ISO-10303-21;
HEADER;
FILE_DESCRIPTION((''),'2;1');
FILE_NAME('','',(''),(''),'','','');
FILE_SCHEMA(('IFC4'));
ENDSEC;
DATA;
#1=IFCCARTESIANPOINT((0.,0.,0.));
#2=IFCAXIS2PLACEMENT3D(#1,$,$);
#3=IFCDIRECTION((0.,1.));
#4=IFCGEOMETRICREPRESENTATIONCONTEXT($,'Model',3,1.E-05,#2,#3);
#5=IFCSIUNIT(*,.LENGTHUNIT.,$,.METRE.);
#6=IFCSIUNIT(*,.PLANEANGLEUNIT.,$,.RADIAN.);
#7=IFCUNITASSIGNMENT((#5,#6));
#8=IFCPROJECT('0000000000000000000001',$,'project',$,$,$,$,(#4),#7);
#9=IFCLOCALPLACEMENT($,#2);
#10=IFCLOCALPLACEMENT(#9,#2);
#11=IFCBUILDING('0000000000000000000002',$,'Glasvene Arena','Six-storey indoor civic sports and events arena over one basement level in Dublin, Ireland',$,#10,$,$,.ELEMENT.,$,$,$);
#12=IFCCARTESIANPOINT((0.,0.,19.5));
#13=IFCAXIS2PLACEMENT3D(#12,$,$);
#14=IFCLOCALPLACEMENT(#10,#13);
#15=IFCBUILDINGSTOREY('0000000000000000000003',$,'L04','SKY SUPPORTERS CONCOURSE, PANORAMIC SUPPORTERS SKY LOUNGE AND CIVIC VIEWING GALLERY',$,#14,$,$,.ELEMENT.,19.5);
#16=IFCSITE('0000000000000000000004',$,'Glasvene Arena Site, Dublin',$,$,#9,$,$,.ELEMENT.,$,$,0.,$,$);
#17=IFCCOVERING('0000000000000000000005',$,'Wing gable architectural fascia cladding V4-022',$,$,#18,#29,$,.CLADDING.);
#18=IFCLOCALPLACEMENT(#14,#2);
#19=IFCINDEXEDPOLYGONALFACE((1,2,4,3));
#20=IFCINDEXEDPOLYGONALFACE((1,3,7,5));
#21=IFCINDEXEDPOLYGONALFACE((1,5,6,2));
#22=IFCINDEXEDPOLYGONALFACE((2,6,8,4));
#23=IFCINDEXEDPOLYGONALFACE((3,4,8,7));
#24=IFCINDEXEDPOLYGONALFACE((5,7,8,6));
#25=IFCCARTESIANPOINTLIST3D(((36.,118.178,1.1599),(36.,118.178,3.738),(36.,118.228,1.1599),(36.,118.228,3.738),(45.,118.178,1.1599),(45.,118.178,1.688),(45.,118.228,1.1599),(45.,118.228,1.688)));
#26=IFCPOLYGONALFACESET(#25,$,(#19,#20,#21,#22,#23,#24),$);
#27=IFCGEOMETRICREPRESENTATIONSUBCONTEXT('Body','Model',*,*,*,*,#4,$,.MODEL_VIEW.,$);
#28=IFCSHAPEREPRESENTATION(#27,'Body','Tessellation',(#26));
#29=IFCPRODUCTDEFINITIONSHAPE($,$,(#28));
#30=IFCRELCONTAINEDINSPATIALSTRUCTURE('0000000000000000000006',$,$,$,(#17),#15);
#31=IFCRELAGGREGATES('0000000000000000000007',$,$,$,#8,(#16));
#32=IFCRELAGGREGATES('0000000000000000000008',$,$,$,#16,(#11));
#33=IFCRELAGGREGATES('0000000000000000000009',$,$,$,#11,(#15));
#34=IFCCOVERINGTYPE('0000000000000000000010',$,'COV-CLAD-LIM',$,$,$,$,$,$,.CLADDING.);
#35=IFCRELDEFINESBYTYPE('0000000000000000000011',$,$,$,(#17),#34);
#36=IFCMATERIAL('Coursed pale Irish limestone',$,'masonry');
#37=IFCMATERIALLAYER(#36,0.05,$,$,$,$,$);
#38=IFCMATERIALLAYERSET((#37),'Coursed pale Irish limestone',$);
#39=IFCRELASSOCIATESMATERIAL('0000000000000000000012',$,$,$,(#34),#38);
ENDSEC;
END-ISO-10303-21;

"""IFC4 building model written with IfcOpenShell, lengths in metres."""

from ifc_helpers import new_model, si_unit, direction, frame, origin, place, context, subcontext, project, spatial, polyline, outline, extrude, material, layer, layer_set, type_object, element, save


model = new_model("IFC4")

# Units and contexts
model_context = context("Model", 3, precision=1e-05, world=origin(), true_north=direction((0.0, 1.0)))
body_context = subcontext(model_context, "Body", "Model", "MODEL_VIEW")
ifc_project = project(units=[si_unit("LENGTHUNIT", "METRE"), si_unit("PLANEANGLEUNIT", "RADIAN")], contexts=[model_context])

# Site, building, storey
site_placement = place(None, origin())
site = spatial("IfcSite", under=ifc_project, at=site_placement, Name="Glasvene Arena Site, Dublin", CompositionType="ELEMENT", RefElevation=0.0)
building_placement = place(site_placement, origin())
building = spatial("IfcBuilding", under=site, at=building_placement, Name="Glasvene Arena", Description="Six-storey indoor civic sports and events arena over one basement level in Dublin, Ireland", CompositionType="ELEMENT")
storey_placement = place(building_placement, frame((0.0, 0.0, 19.5)))
storey = spatial("IfcBuildingStorey", under=building, at=storey_placement, Name="L04", Description="SKY SUPPORTERS CONCOURSE, PANORAMIC SUPPORTERS SKY LOUNGE AND CIVIC VIEWING GALLERY", CompositionType="ELEMENT", Elevation=19.5)

# Shared definitions
ifc_material_1 = material(Name="Coursed pale Irish limestone", Category="masonry")

# Covering
ifc_layer_1 = layer(ifc_material_1, 0.05)
ifc_layer_set_1 = layer_set([ifc_layer_1], Name="Coursed pale Irish limestone")
covering_type = type_object("IfcCoveringType", Name="COV-CLAD-LIM", PredefinedType="CLADDING", material=ifc_layer_set_1)
covering_placement = place(storey_placement, frame((36.0, 118.228, 1.1599), z_axis=(0.0, 1.0, 0.0), x_axis=(0.0, 0.0, 1.0)))
element("IfcCovering", 1, at=covering_placement, inside=storey, type_object=covering_type, Name="Wing gable architectural fascia cladding V4-022", PredefinedType="CLADDING", context=body_context, shape_type="SweptSolid", body=[
    extrude(outline(polyline([(0.0, 0.0), (2.5781, 0.0), (0.5281, 9.0), (0.0, 9.0), (0.0, 0.0)])), origin(), (0.0, 0.0, -1.0), 0.05),
])

save(model, "model.ifc")
